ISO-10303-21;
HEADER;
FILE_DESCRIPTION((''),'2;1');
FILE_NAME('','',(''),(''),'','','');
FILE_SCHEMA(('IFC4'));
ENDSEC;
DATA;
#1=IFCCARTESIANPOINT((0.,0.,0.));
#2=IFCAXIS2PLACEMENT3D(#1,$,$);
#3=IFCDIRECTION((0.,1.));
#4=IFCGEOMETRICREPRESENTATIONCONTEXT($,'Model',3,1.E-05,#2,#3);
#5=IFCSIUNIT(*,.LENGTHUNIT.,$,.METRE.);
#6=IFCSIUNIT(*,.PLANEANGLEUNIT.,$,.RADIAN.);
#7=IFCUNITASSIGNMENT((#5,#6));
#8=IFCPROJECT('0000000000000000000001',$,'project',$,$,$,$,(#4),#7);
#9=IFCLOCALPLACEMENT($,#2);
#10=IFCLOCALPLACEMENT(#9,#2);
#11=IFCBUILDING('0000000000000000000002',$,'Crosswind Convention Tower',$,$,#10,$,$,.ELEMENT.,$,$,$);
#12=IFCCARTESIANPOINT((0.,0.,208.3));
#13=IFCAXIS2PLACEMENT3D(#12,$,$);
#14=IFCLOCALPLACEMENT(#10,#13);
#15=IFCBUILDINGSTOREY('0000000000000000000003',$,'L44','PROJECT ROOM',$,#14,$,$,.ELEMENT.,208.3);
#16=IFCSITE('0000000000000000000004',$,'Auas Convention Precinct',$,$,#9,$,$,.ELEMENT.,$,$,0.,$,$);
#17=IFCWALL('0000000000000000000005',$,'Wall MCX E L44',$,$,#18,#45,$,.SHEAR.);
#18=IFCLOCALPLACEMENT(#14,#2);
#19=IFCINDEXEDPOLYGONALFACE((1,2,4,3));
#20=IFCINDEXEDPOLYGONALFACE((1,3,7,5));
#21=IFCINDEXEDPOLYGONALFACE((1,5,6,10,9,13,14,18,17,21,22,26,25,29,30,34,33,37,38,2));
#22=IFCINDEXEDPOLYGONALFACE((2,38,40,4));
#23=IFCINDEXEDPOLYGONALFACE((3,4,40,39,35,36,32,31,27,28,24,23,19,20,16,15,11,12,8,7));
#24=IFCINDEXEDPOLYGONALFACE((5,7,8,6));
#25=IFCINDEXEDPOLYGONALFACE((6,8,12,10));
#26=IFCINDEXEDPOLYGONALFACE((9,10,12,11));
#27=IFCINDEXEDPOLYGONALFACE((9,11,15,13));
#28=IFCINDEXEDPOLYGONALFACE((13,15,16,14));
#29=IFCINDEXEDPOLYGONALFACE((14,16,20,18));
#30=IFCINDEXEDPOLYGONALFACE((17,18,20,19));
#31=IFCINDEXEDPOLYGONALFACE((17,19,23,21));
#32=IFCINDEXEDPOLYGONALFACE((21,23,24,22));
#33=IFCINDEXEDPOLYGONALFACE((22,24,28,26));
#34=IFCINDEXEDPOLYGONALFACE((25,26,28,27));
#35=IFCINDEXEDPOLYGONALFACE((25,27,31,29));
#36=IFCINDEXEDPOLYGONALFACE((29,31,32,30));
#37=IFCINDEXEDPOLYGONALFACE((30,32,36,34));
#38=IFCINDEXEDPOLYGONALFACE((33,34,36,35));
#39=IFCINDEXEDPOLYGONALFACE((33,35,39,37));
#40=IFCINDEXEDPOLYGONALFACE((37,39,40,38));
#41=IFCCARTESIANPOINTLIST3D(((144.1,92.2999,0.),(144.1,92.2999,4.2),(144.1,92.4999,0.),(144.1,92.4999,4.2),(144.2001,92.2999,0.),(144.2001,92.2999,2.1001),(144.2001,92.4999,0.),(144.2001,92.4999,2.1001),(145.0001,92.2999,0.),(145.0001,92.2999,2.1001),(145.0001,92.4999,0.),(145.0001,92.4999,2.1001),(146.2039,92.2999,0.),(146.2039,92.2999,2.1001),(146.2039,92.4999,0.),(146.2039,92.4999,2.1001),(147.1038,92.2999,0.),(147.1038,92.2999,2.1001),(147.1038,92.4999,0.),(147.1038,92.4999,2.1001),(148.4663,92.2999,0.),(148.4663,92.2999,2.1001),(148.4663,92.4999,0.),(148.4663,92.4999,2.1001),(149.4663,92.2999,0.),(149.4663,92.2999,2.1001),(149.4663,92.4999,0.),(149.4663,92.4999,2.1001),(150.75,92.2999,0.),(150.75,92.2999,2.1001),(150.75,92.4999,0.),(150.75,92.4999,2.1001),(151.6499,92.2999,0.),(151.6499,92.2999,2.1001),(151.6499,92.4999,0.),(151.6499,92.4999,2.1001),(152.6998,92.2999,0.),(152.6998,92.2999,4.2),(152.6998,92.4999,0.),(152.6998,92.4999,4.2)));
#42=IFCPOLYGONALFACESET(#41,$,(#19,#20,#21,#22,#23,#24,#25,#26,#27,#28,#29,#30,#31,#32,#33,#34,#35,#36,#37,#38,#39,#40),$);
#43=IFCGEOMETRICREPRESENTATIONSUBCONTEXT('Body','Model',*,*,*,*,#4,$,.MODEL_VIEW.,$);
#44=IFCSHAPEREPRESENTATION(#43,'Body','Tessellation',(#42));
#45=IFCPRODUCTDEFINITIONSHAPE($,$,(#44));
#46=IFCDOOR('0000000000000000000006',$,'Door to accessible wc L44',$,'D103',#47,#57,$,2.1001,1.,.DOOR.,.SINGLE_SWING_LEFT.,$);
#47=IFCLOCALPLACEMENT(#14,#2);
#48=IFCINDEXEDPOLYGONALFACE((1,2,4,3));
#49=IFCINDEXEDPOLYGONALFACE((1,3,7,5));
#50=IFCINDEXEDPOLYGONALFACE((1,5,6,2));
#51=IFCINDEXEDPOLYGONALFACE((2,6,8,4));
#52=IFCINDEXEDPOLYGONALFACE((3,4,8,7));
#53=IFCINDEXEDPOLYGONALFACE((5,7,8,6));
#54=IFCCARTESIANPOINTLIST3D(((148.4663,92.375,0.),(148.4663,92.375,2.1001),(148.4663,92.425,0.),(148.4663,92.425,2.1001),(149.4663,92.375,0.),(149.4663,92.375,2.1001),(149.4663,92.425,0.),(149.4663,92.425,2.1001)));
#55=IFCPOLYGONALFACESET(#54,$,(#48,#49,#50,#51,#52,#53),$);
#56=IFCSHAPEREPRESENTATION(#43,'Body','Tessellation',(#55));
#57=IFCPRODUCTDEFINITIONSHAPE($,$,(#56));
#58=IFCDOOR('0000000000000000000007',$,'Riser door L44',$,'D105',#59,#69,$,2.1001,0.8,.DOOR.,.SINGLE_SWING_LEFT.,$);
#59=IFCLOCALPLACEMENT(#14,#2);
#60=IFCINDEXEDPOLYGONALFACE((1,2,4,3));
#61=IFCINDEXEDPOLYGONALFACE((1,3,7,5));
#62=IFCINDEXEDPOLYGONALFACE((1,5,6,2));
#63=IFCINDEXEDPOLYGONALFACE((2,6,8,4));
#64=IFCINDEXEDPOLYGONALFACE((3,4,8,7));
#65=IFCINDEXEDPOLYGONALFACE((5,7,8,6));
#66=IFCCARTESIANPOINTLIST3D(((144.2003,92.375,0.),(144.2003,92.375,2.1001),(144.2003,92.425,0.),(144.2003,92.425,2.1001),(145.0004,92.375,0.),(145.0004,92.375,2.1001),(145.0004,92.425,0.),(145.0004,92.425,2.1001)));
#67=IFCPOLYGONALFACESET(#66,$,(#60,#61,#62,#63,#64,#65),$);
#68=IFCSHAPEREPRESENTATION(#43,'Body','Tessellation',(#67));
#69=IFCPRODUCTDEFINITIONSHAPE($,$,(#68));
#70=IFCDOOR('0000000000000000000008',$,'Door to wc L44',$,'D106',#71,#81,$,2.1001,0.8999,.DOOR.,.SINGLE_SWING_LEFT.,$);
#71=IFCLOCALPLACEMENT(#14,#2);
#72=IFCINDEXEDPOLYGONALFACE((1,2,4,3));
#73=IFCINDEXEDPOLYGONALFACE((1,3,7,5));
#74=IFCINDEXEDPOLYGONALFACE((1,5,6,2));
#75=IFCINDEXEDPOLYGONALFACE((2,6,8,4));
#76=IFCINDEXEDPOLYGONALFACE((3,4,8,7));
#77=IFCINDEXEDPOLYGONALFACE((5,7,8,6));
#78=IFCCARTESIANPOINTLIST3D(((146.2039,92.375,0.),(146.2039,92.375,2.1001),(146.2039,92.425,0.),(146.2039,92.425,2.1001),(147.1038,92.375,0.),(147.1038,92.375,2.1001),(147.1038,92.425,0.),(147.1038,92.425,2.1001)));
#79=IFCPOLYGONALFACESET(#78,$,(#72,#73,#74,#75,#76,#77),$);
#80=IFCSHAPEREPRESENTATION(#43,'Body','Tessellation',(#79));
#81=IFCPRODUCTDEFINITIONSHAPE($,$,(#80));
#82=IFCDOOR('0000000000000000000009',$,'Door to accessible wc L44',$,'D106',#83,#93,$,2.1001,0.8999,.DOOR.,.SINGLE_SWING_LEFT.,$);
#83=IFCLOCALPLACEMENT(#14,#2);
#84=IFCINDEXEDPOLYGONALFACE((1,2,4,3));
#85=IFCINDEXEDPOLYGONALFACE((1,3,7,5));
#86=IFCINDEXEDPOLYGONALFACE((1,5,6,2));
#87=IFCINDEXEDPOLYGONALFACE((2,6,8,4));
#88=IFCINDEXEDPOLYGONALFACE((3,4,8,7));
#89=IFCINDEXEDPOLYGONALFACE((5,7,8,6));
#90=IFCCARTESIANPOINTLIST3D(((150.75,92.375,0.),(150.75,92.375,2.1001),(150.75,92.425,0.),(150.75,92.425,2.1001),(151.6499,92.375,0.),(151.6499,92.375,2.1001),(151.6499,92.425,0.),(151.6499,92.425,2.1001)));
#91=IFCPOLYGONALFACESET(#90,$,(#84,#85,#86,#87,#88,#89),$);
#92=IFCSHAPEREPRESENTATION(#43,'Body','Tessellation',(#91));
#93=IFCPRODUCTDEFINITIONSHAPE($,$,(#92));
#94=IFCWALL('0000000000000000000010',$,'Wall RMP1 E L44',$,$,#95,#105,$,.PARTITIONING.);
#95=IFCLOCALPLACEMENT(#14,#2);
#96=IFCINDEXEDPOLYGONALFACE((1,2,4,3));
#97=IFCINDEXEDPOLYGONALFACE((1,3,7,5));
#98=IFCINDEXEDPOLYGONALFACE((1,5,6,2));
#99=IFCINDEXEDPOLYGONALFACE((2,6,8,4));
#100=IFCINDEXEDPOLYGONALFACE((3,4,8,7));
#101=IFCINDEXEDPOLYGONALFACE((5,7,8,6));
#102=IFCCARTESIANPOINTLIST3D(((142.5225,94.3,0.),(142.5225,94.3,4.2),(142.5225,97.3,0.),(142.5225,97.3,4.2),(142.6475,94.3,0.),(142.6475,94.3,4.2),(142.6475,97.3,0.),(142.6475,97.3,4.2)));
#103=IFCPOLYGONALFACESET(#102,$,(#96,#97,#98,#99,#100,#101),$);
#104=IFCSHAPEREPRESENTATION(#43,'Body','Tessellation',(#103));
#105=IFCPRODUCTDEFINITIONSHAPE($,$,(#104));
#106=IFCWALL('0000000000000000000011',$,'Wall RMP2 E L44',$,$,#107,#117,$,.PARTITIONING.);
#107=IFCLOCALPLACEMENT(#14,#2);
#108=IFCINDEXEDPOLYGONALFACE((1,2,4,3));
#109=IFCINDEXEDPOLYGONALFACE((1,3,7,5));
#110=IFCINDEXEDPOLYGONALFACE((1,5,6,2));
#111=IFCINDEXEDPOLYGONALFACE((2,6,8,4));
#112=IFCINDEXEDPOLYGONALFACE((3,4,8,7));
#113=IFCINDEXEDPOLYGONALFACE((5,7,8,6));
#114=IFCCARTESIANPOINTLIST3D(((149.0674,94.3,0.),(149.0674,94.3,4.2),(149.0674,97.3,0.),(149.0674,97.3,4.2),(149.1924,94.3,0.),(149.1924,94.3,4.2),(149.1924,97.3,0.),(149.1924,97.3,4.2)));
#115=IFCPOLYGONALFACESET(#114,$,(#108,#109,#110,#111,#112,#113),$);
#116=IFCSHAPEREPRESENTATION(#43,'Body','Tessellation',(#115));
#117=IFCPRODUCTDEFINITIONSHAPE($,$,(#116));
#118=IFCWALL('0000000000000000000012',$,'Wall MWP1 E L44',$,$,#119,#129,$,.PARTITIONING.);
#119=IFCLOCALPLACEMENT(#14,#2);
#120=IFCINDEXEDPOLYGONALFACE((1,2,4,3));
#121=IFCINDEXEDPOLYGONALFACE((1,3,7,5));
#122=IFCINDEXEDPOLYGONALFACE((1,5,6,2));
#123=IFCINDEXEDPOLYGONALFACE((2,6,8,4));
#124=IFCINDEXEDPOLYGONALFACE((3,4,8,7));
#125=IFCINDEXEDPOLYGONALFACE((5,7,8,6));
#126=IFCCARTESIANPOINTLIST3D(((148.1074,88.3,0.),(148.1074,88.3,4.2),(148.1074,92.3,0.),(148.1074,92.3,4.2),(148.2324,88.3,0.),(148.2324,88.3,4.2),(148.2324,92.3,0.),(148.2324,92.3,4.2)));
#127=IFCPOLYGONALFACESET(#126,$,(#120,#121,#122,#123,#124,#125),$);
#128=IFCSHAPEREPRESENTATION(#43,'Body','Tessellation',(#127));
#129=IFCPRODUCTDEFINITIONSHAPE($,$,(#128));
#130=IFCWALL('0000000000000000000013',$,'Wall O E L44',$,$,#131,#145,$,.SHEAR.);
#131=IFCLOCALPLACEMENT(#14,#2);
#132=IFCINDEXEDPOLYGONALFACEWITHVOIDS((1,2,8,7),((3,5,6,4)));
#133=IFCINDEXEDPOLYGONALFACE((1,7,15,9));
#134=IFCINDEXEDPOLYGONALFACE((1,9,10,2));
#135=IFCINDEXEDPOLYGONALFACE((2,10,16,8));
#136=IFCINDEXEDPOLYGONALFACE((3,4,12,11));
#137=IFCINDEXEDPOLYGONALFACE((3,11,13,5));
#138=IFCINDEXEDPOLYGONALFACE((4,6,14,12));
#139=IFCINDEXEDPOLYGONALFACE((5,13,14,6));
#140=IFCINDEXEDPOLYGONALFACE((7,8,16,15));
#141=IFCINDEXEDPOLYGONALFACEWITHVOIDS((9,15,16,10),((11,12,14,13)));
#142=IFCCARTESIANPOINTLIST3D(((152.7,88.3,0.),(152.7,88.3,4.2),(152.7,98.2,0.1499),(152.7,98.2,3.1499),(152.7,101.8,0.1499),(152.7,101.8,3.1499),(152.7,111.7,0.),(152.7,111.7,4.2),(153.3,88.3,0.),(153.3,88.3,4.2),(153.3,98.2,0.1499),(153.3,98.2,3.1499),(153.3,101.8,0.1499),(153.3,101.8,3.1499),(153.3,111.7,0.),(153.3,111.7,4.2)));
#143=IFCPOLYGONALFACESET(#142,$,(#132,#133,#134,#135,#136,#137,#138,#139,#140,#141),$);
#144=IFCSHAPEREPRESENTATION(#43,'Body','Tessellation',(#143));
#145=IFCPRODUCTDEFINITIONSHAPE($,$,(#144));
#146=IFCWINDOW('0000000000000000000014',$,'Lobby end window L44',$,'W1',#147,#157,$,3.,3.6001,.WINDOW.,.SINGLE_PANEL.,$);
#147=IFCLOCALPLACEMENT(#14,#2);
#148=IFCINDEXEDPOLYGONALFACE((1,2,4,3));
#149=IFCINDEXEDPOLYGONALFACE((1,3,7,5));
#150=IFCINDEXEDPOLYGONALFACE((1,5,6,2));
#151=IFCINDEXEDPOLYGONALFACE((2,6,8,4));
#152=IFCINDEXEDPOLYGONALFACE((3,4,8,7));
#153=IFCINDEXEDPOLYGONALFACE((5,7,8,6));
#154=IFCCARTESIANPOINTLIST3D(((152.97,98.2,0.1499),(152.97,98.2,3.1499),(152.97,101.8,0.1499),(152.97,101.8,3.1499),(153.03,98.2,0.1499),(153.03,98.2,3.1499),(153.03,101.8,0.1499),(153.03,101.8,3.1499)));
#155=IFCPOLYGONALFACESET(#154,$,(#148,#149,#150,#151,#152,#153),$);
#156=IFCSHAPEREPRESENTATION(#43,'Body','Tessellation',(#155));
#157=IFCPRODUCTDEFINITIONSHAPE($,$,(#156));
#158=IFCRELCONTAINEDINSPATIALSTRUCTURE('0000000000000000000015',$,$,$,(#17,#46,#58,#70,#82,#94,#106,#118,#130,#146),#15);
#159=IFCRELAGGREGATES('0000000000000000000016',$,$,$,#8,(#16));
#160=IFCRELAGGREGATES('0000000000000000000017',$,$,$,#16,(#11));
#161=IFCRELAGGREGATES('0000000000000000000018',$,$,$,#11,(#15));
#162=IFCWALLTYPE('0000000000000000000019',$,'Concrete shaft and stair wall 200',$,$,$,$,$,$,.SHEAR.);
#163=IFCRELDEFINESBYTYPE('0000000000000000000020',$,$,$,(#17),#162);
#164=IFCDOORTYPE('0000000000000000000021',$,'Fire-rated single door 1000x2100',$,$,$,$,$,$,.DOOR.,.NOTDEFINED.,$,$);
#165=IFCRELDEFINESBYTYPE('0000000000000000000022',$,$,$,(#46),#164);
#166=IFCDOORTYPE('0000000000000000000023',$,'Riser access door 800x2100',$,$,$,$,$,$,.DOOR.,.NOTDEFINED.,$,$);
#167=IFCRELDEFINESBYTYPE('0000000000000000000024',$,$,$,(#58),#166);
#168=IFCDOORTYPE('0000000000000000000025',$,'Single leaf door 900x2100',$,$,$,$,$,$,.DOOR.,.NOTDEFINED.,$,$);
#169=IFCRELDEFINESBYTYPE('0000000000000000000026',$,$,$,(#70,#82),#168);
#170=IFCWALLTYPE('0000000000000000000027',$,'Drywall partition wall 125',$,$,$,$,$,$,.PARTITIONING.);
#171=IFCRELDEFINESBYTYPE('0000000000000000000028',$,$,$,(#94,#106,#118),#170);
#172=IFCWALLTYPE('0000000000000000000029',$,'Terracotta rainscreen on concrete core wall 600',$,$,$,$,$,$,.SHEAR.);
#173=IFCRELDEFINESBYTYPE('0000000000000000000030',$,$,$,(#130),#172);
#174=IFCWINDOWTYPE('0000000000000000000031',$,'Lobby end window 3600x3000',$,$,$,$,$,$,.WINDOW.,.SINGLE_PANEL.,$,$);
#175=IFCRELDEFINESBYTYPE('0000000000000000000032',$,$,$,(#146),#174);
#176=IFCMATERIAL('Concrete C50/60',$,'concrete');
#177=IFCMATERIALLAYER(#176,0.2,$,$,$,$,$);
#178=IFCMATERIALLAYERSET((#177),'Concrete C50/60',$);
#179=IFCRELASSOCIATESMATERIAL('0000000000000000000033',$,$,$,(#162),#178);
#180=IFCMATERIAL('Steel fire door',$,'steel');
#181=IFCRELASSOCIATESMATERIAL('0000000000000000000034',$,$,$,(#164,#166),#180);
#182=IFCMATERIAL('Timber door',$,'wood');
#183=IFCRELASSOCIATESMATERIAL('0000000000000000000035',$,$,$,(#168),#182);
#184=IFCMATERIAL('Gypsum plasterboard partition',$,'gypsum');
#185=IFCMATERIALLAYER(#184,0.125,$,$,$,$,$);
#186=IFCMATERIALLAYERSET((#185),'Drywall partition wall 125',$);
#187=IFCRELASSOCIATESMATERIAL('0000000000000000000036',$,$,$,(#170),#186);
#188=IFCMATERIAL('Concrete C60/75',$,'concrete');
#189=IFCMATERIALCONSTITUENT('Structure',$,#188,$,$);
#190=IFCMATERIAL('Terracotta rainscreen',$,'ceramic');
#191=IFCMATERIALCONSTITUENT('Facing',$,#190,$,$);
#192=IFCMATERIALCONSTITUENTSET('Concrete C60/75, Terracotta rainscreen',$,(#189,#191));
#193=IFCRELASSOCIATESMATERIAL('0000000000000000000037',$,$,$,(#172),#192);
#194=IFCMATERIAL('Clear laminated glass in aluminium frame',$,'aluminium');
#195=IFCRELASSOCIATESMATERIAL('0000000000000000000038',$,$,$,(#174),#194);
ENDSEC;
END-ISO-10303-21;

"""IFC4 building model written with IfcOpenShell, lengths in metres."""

from ifc_helpers import new_model, si_unit, direction, frame, frame_2d, origin, place, context, subcontext, project, spatial, rectangle, extrude, material, layer, layer_set, constituent, constituent_set, type_object, element, fill, save


model = new_model("IFC4")

# Units and contexts
model_context = context("Model", 3, precision=1e-05, world=origin(), true_north=direction((0.0, 1.0)))
body_context = subcontext(model_context, "Body", "Model", "MODEL_VIEW")
ifc_project = project(units=[si_unit("LENGTHUNIT", "METRE"), si_unit("PLANEANGLEUNIT", "RADIAN")], contexts=[model_context])

# Site, building, storey
site_placement = place(None, origin())
site = spatial("IfcSite", under=ifc_project, at=site_placement, Name="Auas Convention Precinct", CompositionType="ELEMENT", RefElevation=0.0)
building_placement = place(site_placement, origin())
building = spatial("IfcBuilding", under=site, at=building_placement, Name="Crosswind Convention Tower", CompositionType="ELEMENT")
storey_placement = place(building_placement, frame((0.0, 0.0, 208.3)))
storey = spatial("IfcBuildingStorey", under=building, at=storey_placement, Name="L44", Description="PROJECT ROOM", CompositionType="ELEMENT", Elevation=208.3)

# Shared definitions
ifc_material_1 = material(Name="Concrete C50/60", Category="concrete")

# Shared definitions
ifc_layer_1 = layer(ifc_material_1, 0.2)
ifc_layer_set_1 = layer_set([ifc_layer_1], Name="Concrete C50/60")
wall_type_1 = type_object("IfcWallType", Name="Concrete shaft and stair wall 200", PredefinedType="SHEAR", material=ifc_layer_set_1)

# Shared definitions
ifc_material_2 = material(Name="Steel fire door", Category="steel")

# Shared definitions
door_type_1 = type_object("IfcDoorType", Name="Fire-rated single door 1000x2100", OperationType="NOTDEFINED", PredefinedType="DOOR", material=ifc_material_2)

# Wall, openings, doors
wall_1_placement = place(storey_placement, frame((144.1001, 92.3999, 0.0), z_axis=(0.0, 0.0, 1.0), x_axis=(1.0, 0.0, 0.0)))
wall_1 = element("IfcWall", 1, at=wall_1_placement, inside=storey, type_object=wall_type_1, Name="Wall MCX E L44", PredefinedType="SHEAR", context=body_context, shape_type="SweptSolid", body=[
    extrude(rectangle(XDim=8.5999, YDim=0.2, at=frame_2d((4.2998, 0.0))), origin(), (0.0, 0.0, 1.0), 4.2),
])
opening_1_placement = place(wall_1_placement, frame((0.1001, 0.0, 0.0)))
opening_1 = element("IfcOpeningElement", 2, at=opening_1_placement, cuts=wall_1, PredefinedType="OPENING", context=body_context, shape_type="SweptSolid", body=[
    extrude(rectangle(XDim=0.8, YDim=2.1001, at=frame_2d((0.3999, 1.05))), frame((0.0, 0.1099, 0.0), z_axis=(0.0, -1.0, 0.0), x_axis=(1.0, 0.0, 0.0)), (0.0, 0.0, 1.0), 0.22),
])
opening_2_placement = place(wall_1_placement, frame((2.1038, 0.0, 0.0)))
opening_2 = element("IfcOpeningElement", 3, at=opening_2_placement, cuts=wall_1, PredefinedType="OPENING", context=body_context, shape_type="SweptSolid", body=[
    extrude(rectangle(XDim=0.8999, YDim=2.1001, at=frame_2d((0.45, 1.05))), frame((0.0, 0.1099, 0.0), z_axis=(0.0, -1.0, 0.0), x_axis=(1.0, 0.0, 0.0)), (0.0, 0.0, 1.0), 0.22),
])
opening_3_placement = place(wall_1_placement, frame((4.3662, 0.0, 0.0)))
opening_3 = element("IfcOpeningElement", 4, at=opening_3_placement, cuts=wall_1, PredefinedType="OPENING", context=body_context, shape_type="SweptSolid", body=[
    extrude(rectangle(XDim=1.0, YDim=2.1001, at=frame_2d((0.5, 1.05))), frame((0.0, 0.1099, 0.0), z_axis=(0.0, -1.0, 0.0), x_axis=(1.0, 0.0, 0.0)), (0.0, 0.0, 1.0), 0.22),
])
opening_4_placement = place(wall_1_placement, frame((6.6499, 0.0, 0.0)))
opening_4 = element("IfcOpeningElement", 5, at=opening_4_placement, cuts=wall_1, PredefinedType="OPENING", context=body_context, shape_type="SweptSolid", body=[
    extrude(rectangle(XDim=0.8999, YDim=2.1001, at=frame_2d((0.45, 1.05))), frame((0.0, 0.1099, 0.0), z_axis=(0.0, -1.0, 0.0), x_axis=(1.0, 0.0, 0.0)), (0.0, 0.0, 1.0), 0.22),
])
door_1_placement = place(opening_3_placement, frame((1.0, 0.0, 0.0), z_axis=(0.0, 0.0, 1.0), x_axis=(-1.0, 0.0, 0.0)))
door_1 = element("IfcDoor", 6, at=door_1_placement, inside=storey, type_object=door_type_1, Name="Door to accessible wc L44", ObjectType="D103", OperationType="SINGLE_SWING_LEFT", OverallHeight=2.1001, OverallWidth=1.0, PredefinedType="DOOR", context=body_context, shape_type="SweptSolid", body=[
    extrude(rectangle(XDim=1.0, YDim=2.1001, at=frame_2d((0.5, 1.05))), frame((0.0, 0.0249, 0.0), z_axis=(0.0, -1.0, 0.0), x_axis=(1.0, 0.0, 0.0)), (0.0, 0.0, 1.0), 0.05),
])
fill(opening_3, door_1)
door_type_2 = type_object("IfcDoorType", Name="Riser access door 800x2100", OperationType="NOTDEFINED", PredefinedType="DOOR", material=ifc_material_2)
door_2_placement = place(opening_1_placement, frame((0.8, 0.0, 0.0), z_axis=(0.0, 0.0, 1.0), x_axis=(-1.0, 0.0, 0.0)))
door_2 = element("IfcDoor", 7, at=door_2_placement, inside=storey, type_object=door_type_2, Name="Riser door L44", ObjectType="D105", OperationType="SINGLE_SWING_LEFT", OverallHeight=2.1001, OverallWidth=0.8, PredefinedType="DOOR", context=body_context, shape_type="SweptSolid", body=[
    extrude(rectangle(XDim=0.8, YDim=2.1001, at=frame_2d((0.3999, 1.05))), frame((0.0, 0.0249, 0.0), z_axis=(0.0, -1.0, 0.0), x_axis=(1.0, 0.0, 0.0)), (0.0, 0.0, 1.0), 0.05),
])
fill(opening_1, door_2)
ifc_material_3 = material(Name="Timber door", Category="wood")
door_type_3 = type_object("IfcDoorType", Name="Single leaf door 900x2100", OperationType="NOTDEFINED", PredefinedType="DOOR", material=ifc_material_3)
door_3_placement = place(opening_2_placement, frame((0.8999, 0.0, 0.0), z_axis=(0.0, 0.0, 1.0), x_axis=(-1.0, 0.0, 0.0)))
door_3 = element("IfcDoor", 8, at=door_3_placement, inside=storey, type_object=door_type_3, Name="Door to wc L44", ObjectType="D106", OperationType="SINGLE_SWING_LEFT", OverallHeight=2.1001, OverallWidth=0.8999, PredefinedType="DOOR", context=body_context, shape_type="SweptSolid", body=[
    extrude(rectangle(XDim=0.8999, YDim=2.1001, at=frame_2d((0.45, 1.05))), frame((0.0, 0.0249, 0.0), z_axis=(0.0, -1.0, 0.0), x_axis=(1.0, 0.0, 0.0)), (0.0, 0.0, 1.0), 0.05),
])
fill(opening_2, door_3)
door_4_placement = place(opening_4_placement, frame((0.8999, 0.0, 0.0), z_axis=(0.0, 0.0, 1.0), x_axis=(-1.0, 0.0, 0.0)))
door_4 = element("IfcDoor", 9, at=door_4_placement, inside=storey, type_object=door_type_3, Name="Door to accessible wc L44", ObjectType="D106", OperationType="SINGLE_SWING_LEFT", OverallHeight=2.1001, OverallWidth=0.8999, PredefinedType="DOOR", context=body_context, shape_type="SweptSolid", body=[
    extrude(rectangle(XDim=0.8999, YDim=2.1001, at=frame_2d((0.45, 1.05))), frame((0.0, 0.0249, 0.0), z_axis=(0.0, -1.0, 0.0), x_axis=(1.0, 0.0, 0.0)), (0.0, 0.0, 1.0), 0.05),
])
fill(opening_4, door_4)

# Walls
ifc_material_4 = material(Name="Gypsum plasterboard partition", Category="gypsum")
ifc_layer_2 = layer(ifc_material_4, 0.125)
ifc_layer_set_2 = layer_set([ifc_layer_2], Name="Drywall partition wall 125")
wall_type_2 = type_object("IfcWallType", Name="Drywall partition wall 125", PredefinedType="PARTITIONING", material=ifc_layer_set_2)
for number, where, z_axis, x_axis, name in (
    (10, (142.585, 94.3, 0.0), (0.0, 0.0, 1.0), (0.0, 1.0, 0.0), "Wall RMP1 E L44"),
    (11, (149.1299, 94.3, 0.0), (0.0, 0.0, 1.0), (0.0, 1.0, 0.0), "Wall RMP2 E L44"),
):
    element("IfcWall", number, at=place(storey_placement, frame(where, z_axis=z_axis, x_axis=x_axis)), inside=storey, type_object=wall_type_2, Name=name, PredefinedType="PARTITIONING", context=body_context, shape_type="SweptSolid", body=[
        extrude(rectangle(XDim=3.0, YDim=0.125, at=frame_2d((1.5, 0.0))), origin(), (0.0, 0.0, 1.0), 4.2),
    ])
wall_2_placement = place(storey_placement, frame((148.1699, 88.3, 0.0), z_axis=(0.0, 0.0, 1.0), x_axis=(0.0, 1.0, 0.0)))
element("IfcWall", 12, at=wall_2_placement, inside=storey, type_object=wall_type_2, Name="Wall MWP1 E L44", PredefinedType="PARTITIONING", context=body_context, shape_type="SweptSolid", body=[
    extrude(rectangle(XDim=4.0, YDim=0.125, at=frame_2d((2.0, 0.0))), origin(), (0.0, 0.0, 1.0), 4.2),
])

# Wall, opening, window
ifc_material_5 = material(Name="Concrete C60/75", Category="concrete")
ifc_constituent_1 = constituent(ifc_material_5, Name="Structure")
ifc_material_6 = material(Name="Terracotta rainscreen", Category="ceramic")
ifc_constituent_2 = constituent(ifc_material_6, Name="Facing")
ifc_constituent_set = constituent_set(constituents=[ifc_constituent_1, ifc_constituent_2], Name="Concrete C60/75, Terracotta rainscreen")
wall_type_3 = type_object("IfcWallType", Name="Terracotta rainscreen on concrete core wall 600", PredefinedType="SHEAR", material=ifc_constituent_set)
wall_3_placement = place(storey_placement, frame((153.0, 88.3, 0.0), z_axis=(0.0, 0.0, 1.0), x_axis=(0.0, 1.0, 0.0)))
wall_3 = element("IfcWall", 13, at=wall_3_placement, inside=storey, type_object=wall_type_3, Name="Wall O E L44", PredefinedType="SHEAR", context=body_context, shape_type="SweptSolid", body=[
    extrude(rectangle(XDim=23.3999, YDim=0.6001, at=frame_2d((11.7, 0.0))), origin(), (0.0, 0.0, 1.0), 4.2),
])
opening_5_placement = place(wall_3_placement, frame((9.8999, 0.0, 0.1499)))
opening_5 = element("IfcOpeningElement", 14, at=opening_5_placement, cuts=wall_3, PredefinedType="OPENING", context=body_context, shape_type="SweptSolid", body=[
    extrude(rectangle(XDim=3.6001, YDim=3.0, at=frame_2d((1.8, 1.5))), frame((0.0, 0.3101, 0.0), z_axis=(0.0, -1.0, 0.0), x_axis=(1.0, 0.0, 0.0)), (0.0, 0.0, 1.0), 0.6201),
])
ifc_material_7 = material(Name="Clear laminated glass in aluminium frame", Category="aluminium")
window_type = type_object("IfcWindowType", Name="Lobby end window 3600x3000", PartitioningType="SINGLE_PANEL", PredefinedType="WINDOW", material=ifc_material_7)
window_placement = place(opening_5_placement, origin())
window = element("IfcWindow", 15, at=window_placement, inside=storey, type_object=window_type, Name="Lobby end window L44", ObjectType="W1", OverallHeight=3.0, OverallWidth=3.6001, PartitioningType="SINGLE_PANEL", PredefinedType="WINDOW", context=body_context, shape_type="SweptSolid", body=[
    extrude(rectangle(XDim=3.6001, YDim=3.0, at=frame_2d((1.8, 1.5))), frame((0.0, 0.03, 0.0), z_axis=(0.0, -1.0, 0.0), x_axis=(1.0, 0.0, 0.0)), (0.0, 0.0, 1.0), 0.0601),
])
fill(opening_5, window)

save(model, "model.ifc")
